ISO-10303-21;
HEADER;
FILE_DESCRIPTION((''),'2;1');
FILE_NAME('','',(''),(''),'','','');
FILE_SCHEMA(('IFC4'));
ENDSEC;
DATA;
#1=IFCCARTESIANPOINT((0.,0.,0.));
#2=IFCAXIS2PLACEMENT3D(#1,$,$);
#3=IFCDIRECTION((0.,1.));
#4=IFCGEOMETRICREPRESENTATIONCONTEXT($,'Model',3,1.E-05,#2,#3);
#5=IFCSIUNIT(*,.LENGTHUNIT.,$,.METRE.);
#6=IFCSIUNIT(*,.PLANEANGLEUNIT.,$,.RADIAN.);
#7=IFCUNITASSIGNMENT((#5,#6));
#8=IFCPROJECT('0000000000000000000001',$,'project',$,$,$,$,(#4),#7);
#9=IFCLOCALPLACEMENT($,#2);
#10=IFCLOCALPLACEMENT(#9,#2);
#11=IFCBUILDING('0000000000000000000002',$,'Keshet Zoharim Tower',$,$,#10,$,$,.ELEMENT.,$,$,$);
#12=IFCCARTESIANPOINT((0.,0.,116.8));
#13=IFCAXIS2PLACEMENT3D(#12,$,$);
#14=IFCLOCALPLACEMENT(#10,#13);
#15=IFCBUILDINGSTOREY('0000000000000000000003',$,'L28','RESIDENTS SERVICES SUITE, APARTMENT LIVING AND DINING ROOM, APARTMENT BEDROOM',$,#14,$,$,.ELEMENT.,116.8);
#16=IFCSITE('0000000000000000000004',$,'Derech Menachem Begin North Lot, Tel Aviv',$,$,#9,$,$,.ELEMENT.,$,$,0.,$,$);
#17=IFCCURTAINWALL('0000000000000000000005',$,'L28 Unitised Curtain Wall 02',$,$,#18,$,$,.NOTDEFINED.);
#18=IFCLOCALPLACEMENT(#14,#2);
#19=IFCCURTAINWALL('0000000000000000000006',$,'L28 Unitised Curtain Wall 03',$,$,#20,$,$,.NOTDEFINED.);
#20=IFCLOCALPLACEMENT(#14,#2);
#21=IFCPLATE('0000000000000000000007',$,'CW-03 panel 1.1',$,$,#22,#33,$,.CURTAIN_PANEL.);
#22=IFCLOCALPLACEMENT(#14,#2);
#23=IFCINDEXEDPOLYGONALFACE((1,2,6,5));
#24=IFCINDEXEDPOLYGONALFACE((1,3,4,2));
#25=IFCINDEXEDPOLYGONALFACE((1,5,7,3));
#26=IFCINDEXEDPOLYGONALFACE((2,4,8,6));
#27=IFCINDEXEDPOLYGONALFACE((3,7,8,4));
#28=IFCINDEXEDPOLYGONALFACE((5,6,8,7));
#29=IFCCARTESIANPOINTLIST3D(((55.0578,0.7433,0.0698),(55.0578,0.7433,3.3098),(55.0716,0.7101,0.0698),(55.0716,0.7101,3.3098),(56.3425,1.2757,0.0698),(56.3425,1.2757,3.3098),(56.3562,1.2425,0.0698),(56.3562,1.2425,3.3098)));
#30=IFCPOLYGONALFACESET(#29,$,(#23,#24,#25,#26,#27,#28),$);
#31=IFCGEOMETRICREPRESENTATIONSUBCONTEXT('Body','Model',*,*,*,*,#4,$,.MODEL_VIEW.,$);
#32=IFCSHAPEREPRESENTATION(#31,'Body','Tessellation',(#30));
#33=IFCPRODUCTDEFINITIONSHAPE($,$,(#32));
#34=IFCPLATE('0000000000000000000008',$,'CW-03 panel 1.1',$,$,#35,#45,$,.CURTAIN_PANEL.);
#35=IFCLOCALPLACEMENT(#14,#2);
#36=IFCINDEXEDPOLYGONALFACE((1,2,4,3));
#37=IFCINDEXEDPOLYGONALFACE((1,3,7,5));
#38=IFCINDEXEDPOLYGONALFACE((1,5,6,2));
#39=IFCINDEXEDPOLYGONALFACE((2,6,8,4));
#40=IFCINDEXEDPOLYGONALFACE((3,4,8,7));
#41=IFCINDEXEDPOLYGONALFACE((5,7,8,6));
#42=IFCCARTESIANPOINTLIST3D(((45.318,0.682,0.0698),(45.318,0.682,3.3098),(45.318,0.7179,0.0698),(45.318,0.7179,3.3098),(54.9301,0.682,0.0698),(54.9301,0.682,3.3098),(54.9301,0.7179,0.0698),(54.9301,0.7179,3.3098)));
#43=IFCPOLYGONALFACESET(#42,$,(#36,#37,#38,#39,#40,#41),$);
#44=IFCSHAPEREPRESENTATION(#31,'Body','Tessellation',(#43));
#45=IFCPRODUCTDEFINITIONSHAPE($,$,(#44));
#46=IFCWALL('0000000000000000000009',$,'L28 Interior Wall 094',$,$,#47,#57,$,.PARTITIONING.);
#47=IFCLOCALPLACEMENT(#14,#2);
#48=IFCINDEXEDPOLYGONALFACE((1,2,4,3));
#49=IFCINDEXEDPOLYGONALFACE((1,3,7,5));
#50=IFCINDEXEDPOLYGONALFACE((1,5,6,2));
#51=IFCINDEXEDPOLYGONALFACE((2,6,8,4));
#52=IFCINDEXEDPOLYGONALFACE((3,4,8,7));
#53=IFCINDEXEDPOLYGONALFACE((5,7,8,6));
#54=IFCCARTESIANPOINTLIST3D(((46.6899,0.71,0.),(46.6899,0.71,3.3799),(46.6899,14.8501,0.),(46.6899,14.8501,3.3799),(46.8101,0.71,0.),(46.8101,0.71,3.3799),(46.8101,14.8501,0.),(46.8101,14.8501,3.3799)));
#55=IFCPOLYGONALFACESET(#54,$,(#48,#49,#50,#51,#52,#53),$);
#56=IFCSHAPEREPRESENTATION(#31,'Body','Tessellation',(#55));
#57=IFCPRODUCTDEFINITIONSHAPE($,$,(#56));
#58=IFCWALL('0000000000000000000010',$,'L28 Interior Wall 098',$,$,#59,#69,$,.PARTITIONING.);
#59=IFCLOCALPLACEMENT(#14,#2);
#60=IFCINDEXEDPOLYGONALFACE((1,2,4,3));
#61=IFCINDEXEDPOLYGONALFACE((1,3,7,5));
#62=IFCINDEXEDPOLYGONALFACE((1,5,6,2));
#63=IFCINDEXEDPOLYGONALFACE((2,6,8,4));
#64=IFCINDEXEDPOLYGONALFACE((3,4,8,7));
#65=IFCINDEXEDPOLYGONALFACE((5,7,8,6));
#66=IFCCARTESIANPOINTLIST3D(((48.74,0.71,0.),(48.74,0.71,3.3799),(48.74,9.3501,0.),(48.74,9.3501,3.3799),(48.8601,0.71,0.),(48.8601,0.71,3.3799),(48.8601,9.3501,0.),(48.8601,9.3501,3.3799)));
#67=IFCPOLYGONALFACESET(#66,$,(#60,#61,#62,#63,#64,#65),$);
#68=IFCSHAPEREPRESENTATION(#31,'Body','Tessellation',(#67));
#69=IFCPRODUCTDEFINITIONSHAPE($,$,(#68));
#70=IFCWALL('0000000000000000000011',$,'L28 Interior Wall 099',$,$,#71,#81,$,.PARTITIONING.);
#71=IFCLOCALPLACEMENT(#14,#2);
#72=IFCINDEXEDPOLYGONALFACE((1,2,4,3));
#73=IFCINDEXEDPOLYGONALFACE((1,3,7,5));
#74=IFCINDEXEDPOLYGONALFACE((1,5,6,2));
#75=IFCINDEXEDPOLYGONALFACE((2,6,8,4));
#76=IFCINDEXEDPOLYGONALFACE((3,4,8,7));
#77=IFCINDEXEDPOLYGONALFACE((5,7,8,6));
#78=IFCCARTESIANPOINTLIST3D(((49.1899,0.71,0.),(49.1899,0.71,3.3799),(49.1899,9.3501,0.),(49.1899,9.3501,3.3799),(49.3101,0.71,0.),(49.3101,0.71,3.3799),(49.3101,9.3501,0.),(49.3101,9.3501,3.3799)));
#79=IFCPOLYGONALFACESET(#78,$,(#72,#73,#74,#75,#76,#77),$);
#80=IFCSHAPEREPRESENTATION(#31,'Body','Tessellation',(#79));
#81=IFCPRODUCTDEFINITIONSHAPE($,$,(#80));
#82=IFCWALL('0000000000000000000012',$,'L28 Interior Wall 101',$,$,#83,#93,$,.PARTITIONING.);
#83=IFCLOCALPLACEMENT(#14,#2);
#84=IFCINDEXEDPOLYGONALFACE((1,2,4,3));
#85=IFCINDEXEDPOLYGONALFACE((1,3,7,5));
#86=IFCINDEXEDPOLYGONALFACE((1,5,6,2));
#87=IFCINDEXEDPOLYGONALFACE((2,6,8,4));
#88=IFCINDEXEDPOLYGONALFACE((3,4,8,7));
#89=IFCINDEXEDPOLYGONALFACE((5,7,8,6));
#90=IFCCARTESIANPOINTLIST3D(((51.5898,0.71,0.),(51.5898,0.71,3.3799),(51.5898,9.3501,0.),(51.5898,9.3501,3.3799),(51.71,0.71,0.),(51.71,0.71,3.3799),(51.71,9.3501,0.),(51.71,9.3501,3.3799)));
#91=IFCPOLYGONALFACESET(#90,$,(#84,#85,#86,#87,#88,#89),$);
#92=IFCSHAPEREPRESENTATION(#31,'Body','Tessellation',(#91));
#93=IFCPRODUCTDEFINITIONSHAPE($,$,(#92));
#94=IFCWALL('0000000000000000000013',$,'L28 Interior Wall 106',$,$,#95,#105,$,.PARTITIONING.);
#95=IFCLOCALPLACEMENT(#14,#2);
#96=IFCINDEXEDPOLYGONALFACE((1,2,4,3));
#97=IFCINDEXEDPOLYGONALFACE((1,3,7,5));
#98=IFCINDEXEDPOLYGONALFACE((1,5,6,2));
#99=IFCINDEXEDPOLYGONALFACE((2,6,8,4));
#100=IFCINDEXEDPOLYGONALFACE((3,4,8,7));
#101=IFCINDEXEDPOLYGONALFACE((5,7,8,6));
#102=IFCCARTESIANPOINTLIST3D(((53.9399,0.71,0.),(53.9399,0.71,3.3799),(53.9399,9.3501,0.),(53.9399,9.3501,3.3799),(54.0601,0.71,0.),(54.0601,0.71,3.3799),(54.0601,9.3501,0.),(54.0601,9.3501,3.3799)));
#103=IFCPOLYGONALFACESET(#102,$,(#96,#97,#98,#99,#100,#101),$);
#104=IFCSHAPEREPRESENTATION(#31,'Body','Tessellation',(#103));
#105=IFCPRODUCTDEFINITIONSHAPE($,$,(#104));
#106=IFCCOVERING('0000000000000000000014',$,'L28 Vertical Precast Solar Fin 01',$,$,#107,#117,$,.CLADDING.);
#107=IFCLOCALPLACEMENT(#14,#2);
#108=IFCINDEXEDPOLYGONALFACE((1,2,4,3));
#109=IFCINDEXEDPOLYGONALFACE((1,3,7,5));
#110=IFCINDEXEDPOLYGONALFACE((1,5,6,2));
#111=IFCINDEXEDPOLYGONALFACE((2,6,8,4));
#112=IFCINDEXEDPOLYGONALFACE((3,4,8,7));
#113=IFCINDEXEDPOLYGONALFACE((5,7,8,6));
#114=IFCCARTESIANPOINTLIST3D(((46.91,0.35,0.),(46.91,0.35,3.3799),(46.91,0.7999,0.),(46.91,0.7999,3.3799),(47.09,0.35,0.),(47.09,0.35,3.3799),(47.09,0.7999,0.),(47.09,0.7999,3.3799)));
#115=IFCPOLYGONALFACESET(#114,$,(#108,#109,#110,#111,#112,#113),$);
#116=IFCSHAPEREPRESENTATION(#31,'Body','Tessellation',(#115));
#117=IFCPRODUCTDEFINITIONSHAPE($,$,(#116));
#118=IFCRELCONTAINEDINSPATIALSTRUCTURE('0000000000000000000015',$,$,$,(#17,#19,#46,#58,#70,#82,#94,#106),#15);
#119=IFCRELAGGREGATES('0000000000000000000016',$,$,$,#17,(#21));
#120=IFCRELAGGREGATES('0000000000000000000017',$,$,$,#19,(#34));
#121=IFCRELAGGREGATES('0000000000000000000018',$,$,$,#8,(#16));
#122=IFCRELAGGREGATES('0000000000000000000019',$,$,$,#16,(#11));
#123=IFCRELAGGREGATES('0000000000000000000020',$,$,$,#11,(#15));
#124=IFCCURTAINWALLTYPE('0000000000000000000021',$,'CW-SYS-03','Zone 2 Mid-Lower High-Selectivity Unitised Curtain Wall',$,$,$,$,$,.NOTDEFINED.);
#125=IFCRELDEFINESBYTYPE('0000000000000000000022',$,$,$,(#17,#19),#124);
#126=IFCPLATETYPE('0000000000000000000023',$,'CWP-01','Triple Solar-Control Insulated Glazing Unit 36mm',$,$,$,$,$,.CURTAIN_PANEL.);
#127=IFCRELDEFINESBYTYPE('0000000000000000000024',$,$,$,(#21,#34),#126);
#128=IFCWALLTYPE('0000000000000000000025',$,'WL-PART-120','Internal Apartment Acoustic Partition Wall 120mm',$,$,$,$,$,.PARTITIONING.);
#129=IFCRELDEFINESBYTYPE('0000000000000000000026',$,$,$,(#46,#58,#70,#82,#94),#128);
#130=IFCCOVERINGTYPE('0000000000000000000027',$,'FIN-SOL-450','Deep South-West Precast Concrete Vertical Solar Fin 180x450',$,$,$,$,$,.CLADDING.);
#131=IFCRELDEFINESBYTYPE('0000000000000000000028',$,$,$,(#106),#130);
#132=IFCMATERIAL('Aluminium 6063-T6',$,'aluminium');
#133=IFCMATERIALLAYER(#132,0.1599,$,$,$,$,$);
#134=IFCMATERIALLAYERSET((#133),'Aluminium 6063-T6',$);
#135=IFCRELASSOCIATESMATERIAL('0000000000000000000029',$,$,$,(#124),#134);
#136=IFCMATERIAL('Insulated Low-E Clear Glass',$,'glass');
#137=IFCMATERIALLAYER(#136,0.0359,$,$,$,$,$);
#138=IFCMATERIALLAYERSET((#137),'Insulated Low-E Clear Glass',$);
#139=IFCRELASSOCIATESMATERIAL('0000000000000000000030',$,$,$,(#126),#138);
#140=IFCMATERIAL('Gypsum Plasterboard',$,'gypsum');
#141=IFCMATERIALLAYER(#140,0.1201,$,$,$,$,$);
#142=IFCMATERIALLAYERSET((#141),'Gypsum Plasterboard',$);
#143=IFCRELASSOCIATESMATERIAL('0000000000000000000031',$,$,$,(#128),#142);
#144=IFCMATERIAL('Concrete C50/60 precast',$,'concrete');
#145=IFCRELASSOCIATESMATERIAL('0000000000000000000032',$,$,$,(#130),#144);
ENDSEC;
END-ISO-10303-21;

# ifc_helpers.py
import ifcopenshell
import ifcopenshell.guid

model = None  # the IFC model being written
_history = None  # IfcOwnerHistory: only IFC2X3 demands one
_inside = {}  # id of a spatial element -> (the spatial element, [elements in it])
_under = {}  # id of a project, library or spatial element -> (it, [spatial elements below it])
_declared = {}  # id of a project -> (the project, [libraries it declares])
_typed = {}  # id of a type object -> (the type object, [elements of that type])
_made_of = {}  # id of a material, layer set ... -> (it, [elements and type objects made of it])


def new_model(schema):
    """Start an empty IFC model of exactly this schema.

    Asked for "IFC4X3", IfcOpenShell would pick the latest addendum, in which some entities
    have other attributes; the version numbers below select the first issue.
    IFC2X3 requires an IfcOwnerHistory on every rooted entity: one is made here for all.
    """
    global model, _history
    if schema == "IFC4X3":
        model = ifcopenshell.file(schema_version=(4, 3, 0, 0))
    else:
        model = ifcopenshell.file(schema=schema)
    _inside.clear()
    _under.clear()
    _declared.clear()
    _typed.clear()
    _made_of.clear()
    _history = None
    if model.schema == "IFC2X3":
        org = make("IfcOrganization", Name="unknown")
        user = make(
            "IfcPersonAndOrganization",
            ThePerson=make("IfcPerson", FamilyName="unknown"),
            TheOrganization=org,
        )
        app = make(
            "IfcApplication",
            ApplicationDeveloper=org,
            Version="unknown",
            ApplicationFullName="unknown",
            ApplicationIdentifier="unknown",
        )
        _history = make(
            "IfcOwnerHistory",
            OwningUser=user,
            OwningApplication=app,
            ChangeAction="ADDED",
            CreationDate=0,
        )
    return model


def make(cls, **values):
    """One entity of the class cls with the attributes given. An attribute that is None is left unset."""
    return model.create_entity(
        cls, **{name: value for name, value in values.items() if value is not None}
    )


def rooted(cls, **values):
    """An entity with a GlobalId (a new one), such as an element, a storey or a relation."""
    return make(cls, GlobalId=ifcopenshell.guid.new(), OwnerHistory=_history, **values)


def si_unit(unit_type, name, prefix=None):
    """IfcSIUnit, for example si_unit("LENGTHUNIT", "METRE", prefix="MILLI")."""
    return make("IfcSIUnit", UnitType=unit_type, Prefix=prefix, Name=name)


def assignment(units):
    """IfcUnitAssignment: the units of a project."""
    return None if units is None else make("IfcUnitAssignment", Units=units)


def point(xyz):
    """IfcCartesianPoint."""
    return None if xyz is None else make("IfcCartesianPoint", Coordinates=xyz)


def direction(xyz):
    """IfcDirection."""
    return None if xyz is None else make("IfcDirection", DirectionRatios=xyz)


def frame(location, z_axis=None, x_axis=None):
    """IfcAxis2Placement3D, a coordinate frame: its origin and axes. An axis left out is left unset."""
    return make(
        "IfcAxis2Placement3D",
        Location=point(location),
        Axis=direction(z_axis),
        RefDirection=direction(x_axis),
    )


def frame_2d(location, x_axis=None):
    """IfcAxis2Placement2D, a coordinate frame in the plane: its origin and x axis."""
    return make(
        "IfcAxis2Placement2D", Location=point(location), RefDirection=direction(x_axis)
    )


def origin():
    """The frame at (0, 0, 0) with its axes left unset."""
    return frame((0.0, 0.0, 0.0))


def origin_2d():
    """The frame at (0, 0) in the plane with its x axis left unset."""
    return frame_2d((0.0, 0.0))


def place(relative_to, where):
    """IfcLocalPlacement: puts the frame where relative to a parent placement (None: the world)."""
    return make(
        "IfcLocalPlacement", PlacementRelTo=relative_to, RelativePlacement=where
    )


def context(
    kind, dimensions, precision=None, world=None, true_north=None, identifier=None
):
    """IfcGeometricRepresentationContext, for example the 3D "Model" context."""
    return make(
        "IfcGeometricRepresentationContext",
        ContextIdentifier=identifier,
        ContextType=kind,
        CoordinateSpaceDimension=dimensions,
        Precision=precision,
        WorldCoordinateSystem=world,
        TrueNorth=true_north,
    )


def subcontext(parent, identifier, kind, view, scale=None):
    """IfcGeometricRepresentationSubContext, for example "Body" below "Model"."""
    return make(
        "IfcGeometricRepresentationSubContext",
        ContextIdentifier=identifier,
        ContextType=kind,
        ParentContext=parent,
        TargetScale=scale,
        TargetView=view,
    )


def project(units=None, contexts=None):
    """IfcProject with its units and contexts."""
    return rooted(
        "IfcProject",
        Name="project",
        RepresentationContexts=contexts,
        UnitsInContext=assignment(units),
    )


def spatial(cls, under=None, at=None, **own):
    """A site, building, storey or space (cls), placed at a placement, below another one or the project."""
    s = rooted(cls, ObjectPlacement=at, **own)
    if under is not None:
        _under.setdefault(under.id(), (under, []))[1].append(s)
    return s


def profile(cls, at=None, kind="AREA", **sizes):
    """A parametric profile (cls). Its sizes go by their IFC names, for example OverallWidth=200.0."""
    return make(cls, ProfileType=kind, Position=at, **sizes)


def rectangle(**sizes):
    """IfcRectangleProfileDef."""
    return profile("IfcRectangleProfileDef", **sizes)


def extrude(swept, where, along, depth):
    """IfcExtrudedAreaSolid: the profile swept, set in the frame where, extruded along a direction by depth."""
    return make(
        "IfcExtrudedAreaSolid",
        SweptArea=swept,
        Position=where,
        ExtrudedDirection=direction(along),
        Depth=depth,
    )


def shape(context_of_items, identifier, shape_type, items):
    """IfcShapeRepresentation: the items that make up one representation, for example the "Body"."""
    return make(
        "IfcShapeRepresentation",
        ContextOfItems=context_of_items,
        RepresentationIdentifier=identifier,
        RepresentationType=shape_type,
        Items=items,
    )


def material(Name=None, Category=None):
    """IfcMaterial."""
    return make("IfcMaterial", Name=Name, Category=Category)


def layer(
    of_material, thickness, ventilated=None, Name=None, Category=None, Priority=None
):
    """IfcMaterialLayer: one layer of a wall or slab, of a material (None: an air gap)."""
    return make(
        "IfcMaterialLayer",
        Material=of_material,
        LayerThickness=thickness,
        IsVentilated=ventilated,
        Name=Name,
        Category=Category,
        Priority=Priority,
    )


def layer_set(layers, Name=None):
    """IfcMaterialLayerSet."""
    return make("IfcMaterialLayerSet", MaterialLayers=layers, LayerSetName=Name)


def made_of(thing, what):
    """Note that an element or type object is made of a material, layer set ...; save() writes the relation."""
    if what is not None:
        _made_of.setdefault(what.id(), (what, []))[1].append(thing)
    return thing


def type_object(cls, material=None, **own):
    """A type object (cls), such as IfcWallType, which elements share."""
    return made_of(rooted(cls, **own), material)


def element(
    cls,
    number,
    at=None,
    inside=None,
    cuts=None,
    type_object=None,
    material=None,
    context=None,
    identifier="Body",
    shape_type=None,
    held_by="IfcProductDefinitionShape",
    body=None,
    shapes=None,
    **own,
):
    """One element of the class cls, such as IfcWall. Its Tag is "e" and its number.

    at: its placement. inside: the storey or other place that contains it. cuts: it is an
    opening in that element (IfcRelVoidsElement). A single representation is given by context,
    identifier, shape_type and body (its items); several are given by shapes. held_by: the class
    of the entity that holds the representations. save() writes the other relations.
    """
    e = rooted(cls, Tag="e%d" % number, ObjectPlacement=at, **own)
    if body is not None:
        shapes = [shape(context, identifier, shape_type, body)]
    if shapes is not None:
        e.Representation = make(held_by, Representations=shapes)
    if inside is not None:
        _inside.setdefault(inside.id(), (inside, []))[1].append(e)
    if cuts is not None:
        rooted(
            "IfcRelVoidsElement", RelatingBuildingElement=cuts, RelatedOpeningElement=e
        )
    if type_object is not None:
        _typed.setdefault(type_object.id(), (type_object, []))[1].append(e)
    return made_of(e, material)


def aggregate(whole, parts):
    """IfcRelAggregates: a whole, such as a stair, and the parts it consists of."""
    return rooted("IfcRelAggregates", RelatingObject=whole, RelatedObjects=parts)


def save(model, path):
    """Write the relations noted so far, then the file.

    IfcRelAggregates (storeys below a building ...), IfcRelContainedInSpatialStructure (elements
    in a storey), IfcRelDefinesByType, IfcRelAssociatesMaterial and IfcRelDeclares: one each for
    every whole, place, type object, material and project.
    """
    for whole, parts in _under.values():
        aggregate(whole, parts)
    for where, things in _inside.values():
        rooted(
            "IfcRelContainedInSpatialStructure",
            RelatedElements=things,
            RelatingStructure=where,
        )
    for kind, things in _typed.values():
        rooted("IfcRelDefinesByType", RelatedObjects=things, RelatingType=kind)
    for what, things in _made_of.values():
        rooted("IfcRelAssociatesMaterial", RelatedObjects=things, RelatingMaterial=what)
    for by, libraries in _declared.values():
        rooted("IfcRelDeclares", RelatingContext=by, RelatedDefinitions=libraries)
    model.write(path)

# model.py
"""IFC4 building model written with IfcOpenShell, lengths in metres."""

from ifc_helpers import new_model, si_unit, direction, frame, frame_2d, origin, origin_2d, place, context, subcontext, project, spatial, rectangle, extrude, material, layer, layer_set, type_object, element, aggregate, save


model = new_model("IFC4")

# Units and contexts
model_context = context("Model", 3, precision=1e-05, world=origin(), true_north=direction((0.0, 1.0)))
body_context = subcontext(model_context, "Body", "Model", "MODEL_VIEW")
ifc_project = project(units=[si_unit("LENGTHUNIT", "METRE"), si_unit("PLANEANGLEUNIT", "RADIAN")], contexts=[model_context])

# Site, building, storey
site_placement = place(None, origin())
site = spatial("IfcSite", under=ifc_project, at=site_placement, Name="Derech Menachem Begin North Lot, Tel Aviv", CompositionType="ELEMENT", RefElevation=0.0)
building_placement = place(site_placement, origin())
building = spatial("IfcBuilding", under=site, at=building_placement, Name="Keshet Zoharim Tower", CompositionType="ELEMENT")
storey_placement = place(building_placement, frame((0.0, 0.0, 116.8)))
storey = spatial("IfcBuildingStorey", under=building, at=storey_placement, Name="L28", Description="RESIDENTS SERVICES SUITE, APARTMENT LIVING AND DINING ROOM, APARTMENT BEDROOM", CompositionType="ELEMENT", Elevation=116.8)

# Curtain walls
ifc_material_1 = material(Name="Aluminium 6063-T6", Category="aluminium")
ifc_layer_1 = layer(ifc_material_1, 0.1599)
ifc_layer_set_1 = layer_set([ifc_layer_1], Name="Aluminium 6063-T6")
curtain_wall_type = type_object("IfcCurtainWallType", Name="CW-SYS-03", Description="Zone 2 Mid-Lower High-Selectivity Unitised Curtain Wall", PredefinedType="NOTDEFINED", material=ifc_layer_set_1)
curtain_wall_1_placement = place(storey_placement, origin())
curtain_wall_1 = element("IfcCurtainWall", 1, at=curtain_wall_1_placement, inside=storey, type_object=curtain_wall_type, Name="L28 Unitised Curtain Wall 02", PredefinedType="NOTDEFINED")
curtain_wall_2_placement = place(storey_placement, origin())
curtain_wall_2 = element("IfcCurtainWall", 2, at=curtain_wall_2_placement, inside=storey, type_object=curtain_wall_type, Name="L28 Unitised Curtain Wall 03", PredefinedType="NOTDEFINED")

# Plates
ifc_material_2 = material(Name="Insulated Low-E Clear Glass", Category="glass")
ifc_layer_2 = layer(ifc_material_2, 0.0359)
ifc_layer_set_2 = layer_set([ifc_layer_2], Name="Insulated Low-E Clear Glass")
plate_type = type_object("IfcPlateType", Name="CWP-01", Description="Triple Solar-Control Insulated Glazing Unit 36mm", PredefinedType="CURTAIN_PANEL", material=ifc_layer_set_2)
plate_1_placement = place(storey_placement, frame((55.707, 0.9929, 0.0698), z_axis=(0.0, 0.0, 1.0), x_axis=(-0.92381, -0.382852, 0.0)))
plate_1 = element("IfcPlate", 3, at=plate_1_placement, type_object=plate_type, Name="CW-03 panel 1.1", PredefinedType="CURTAIN_PANEL", context=body_context, shape_type="SweptSolid", body=[
    extrude(rectangle(XDim=1.3906, YDim=0.0359, at=origin_2d()), origin(), (0.0, 0.0, 1.0), 3.24),
])
aggregate(curtain_wall_1, [plate_1])
plate_2_placement = place(storey_placement, frame((50.124, 0.7, 0.0698), z_axis=(0.0, 0.0, 1.0), x_axis=(-1.0, 0.0, 0.0)))
plate_2 = element("IfcPlate", 4, at=plate_2_placement, type_object=plate_type, Name="CW-03 panel 1.1", PredefinedType="CURTAIN_PANEL", context=body_context, shape_type="SweptSolid", body=[
    extrude(rectangle(XDim=9.6121, YDim=0.0359, at=origin_2d()), origin(), (0.0, 0.0, 1.0), 3.24),
])
aggregate(curtain_wall_2, [plate_2])

# Walls
ifc_material_3 = material(Name="Gypsum Plasterboard", Category="gypsum")
ifc_layer_3 = layer(ifc_material_3, 0.1201)
ifc_layer_set_3 = layer_set([ifc_layer_3], Name="Gypsum Plasterboard")
wall_type = type_object("IfcWallType", Name="WL-PART-120", Description="Internal Apartment Acoustic Partition Wall 120mm", PredefinedType="PARTITIONING", material=ifc_layer_set_3)
wall_placement = place(storey_placement, frame((46.75, 0.71, 0.0), z_axis=(0.0, 0.0, 1.0), x_axis=(0.0, 1.0, 0.0)))
element("IfcWall", 5, at=wall_placement, inside=storey, type_object=wall_type, Name="L28 Interior Wall 094", PredefinedType="PARTITIONING", context=body_context, shape_type="SweptSolid", body=[
    extrude(rectangle(XDim=14.1401, YDim=0.1201, at=frame_2d((7.0701, 0.0))), origin(), (0.0, 0.0, 1.0), 3.3799),
])
for number, where, z_axis, x_axis, name in (
    (6, (48.8, 0.71, 0.0), (0.0, 0.0, 1.0), (0.0, 1.0, 0.0), "L28 Interior Wall 098"),
    (7, (49.25, 0.71, 0.0), (0.0, 0.0, 1.0), (0.0, 1.0, 0.0), "L28 Interior Wall 099"),
    (8, (51.6499, 0.71, 0.0), (0.0, 0.0, 1.0), (0.0, 1.0, 0.0), "L28 Interior Wall 101"),
    (9, (54.0, 0.71, 0.0), (0.0, 0.0, 1.0), (0.0, 1.0, 0.0), "L28 Interior Wall 106"),
):
    element("IfcWall", number, at=place(storey_placement, frame(where, z_axis=z_axis, x_axis=x_axis)), inside=storey, type_object=wall_type, Name=name, PredefinedType="PARTITIONING", context=body_context, shape_type="SweptSolid", body=[
        extrude(rectangle(XDim=8.6401, YDim=0.1201, at=frame_2d((4.3201, 0.0))), origin(), (0.0, 0.0, 1.0), 3.3799),
    ])

# Covering
ifc_material_4 = material(Name="Concrete C50/60 precast", Category="concrete")
covering_type = type_object("IfcCoveringType", Name="FIN-SOL-450", Description="Deep South-West Precast Concrete Vertical Solar Fin 180x450", PredefinedType="CLADDING", material=ifc_material_4)
covering_placement = place(storey_placement, frame((47.0, 0.575, 0.0), z_axis=(0.0, 0.0, 1.0), x_axis=(-1.0, 0.0, 0.0)))
element("IfcCovering", 10, at=covering_placement, inside=storey, type_object=covering_type, Name="L28 Vertical Precast Solar Fin 01", PredefinedType="CLADDING", context=body_context, shape_type="SweptSolid", body=[
    extrude(rectangle(XDim=0.1799, YDim=0.45, at=origin_2d()), origin(), (0.0, 0.0, 1.0), 3.3799),
])

save(model, "model.ifc")
